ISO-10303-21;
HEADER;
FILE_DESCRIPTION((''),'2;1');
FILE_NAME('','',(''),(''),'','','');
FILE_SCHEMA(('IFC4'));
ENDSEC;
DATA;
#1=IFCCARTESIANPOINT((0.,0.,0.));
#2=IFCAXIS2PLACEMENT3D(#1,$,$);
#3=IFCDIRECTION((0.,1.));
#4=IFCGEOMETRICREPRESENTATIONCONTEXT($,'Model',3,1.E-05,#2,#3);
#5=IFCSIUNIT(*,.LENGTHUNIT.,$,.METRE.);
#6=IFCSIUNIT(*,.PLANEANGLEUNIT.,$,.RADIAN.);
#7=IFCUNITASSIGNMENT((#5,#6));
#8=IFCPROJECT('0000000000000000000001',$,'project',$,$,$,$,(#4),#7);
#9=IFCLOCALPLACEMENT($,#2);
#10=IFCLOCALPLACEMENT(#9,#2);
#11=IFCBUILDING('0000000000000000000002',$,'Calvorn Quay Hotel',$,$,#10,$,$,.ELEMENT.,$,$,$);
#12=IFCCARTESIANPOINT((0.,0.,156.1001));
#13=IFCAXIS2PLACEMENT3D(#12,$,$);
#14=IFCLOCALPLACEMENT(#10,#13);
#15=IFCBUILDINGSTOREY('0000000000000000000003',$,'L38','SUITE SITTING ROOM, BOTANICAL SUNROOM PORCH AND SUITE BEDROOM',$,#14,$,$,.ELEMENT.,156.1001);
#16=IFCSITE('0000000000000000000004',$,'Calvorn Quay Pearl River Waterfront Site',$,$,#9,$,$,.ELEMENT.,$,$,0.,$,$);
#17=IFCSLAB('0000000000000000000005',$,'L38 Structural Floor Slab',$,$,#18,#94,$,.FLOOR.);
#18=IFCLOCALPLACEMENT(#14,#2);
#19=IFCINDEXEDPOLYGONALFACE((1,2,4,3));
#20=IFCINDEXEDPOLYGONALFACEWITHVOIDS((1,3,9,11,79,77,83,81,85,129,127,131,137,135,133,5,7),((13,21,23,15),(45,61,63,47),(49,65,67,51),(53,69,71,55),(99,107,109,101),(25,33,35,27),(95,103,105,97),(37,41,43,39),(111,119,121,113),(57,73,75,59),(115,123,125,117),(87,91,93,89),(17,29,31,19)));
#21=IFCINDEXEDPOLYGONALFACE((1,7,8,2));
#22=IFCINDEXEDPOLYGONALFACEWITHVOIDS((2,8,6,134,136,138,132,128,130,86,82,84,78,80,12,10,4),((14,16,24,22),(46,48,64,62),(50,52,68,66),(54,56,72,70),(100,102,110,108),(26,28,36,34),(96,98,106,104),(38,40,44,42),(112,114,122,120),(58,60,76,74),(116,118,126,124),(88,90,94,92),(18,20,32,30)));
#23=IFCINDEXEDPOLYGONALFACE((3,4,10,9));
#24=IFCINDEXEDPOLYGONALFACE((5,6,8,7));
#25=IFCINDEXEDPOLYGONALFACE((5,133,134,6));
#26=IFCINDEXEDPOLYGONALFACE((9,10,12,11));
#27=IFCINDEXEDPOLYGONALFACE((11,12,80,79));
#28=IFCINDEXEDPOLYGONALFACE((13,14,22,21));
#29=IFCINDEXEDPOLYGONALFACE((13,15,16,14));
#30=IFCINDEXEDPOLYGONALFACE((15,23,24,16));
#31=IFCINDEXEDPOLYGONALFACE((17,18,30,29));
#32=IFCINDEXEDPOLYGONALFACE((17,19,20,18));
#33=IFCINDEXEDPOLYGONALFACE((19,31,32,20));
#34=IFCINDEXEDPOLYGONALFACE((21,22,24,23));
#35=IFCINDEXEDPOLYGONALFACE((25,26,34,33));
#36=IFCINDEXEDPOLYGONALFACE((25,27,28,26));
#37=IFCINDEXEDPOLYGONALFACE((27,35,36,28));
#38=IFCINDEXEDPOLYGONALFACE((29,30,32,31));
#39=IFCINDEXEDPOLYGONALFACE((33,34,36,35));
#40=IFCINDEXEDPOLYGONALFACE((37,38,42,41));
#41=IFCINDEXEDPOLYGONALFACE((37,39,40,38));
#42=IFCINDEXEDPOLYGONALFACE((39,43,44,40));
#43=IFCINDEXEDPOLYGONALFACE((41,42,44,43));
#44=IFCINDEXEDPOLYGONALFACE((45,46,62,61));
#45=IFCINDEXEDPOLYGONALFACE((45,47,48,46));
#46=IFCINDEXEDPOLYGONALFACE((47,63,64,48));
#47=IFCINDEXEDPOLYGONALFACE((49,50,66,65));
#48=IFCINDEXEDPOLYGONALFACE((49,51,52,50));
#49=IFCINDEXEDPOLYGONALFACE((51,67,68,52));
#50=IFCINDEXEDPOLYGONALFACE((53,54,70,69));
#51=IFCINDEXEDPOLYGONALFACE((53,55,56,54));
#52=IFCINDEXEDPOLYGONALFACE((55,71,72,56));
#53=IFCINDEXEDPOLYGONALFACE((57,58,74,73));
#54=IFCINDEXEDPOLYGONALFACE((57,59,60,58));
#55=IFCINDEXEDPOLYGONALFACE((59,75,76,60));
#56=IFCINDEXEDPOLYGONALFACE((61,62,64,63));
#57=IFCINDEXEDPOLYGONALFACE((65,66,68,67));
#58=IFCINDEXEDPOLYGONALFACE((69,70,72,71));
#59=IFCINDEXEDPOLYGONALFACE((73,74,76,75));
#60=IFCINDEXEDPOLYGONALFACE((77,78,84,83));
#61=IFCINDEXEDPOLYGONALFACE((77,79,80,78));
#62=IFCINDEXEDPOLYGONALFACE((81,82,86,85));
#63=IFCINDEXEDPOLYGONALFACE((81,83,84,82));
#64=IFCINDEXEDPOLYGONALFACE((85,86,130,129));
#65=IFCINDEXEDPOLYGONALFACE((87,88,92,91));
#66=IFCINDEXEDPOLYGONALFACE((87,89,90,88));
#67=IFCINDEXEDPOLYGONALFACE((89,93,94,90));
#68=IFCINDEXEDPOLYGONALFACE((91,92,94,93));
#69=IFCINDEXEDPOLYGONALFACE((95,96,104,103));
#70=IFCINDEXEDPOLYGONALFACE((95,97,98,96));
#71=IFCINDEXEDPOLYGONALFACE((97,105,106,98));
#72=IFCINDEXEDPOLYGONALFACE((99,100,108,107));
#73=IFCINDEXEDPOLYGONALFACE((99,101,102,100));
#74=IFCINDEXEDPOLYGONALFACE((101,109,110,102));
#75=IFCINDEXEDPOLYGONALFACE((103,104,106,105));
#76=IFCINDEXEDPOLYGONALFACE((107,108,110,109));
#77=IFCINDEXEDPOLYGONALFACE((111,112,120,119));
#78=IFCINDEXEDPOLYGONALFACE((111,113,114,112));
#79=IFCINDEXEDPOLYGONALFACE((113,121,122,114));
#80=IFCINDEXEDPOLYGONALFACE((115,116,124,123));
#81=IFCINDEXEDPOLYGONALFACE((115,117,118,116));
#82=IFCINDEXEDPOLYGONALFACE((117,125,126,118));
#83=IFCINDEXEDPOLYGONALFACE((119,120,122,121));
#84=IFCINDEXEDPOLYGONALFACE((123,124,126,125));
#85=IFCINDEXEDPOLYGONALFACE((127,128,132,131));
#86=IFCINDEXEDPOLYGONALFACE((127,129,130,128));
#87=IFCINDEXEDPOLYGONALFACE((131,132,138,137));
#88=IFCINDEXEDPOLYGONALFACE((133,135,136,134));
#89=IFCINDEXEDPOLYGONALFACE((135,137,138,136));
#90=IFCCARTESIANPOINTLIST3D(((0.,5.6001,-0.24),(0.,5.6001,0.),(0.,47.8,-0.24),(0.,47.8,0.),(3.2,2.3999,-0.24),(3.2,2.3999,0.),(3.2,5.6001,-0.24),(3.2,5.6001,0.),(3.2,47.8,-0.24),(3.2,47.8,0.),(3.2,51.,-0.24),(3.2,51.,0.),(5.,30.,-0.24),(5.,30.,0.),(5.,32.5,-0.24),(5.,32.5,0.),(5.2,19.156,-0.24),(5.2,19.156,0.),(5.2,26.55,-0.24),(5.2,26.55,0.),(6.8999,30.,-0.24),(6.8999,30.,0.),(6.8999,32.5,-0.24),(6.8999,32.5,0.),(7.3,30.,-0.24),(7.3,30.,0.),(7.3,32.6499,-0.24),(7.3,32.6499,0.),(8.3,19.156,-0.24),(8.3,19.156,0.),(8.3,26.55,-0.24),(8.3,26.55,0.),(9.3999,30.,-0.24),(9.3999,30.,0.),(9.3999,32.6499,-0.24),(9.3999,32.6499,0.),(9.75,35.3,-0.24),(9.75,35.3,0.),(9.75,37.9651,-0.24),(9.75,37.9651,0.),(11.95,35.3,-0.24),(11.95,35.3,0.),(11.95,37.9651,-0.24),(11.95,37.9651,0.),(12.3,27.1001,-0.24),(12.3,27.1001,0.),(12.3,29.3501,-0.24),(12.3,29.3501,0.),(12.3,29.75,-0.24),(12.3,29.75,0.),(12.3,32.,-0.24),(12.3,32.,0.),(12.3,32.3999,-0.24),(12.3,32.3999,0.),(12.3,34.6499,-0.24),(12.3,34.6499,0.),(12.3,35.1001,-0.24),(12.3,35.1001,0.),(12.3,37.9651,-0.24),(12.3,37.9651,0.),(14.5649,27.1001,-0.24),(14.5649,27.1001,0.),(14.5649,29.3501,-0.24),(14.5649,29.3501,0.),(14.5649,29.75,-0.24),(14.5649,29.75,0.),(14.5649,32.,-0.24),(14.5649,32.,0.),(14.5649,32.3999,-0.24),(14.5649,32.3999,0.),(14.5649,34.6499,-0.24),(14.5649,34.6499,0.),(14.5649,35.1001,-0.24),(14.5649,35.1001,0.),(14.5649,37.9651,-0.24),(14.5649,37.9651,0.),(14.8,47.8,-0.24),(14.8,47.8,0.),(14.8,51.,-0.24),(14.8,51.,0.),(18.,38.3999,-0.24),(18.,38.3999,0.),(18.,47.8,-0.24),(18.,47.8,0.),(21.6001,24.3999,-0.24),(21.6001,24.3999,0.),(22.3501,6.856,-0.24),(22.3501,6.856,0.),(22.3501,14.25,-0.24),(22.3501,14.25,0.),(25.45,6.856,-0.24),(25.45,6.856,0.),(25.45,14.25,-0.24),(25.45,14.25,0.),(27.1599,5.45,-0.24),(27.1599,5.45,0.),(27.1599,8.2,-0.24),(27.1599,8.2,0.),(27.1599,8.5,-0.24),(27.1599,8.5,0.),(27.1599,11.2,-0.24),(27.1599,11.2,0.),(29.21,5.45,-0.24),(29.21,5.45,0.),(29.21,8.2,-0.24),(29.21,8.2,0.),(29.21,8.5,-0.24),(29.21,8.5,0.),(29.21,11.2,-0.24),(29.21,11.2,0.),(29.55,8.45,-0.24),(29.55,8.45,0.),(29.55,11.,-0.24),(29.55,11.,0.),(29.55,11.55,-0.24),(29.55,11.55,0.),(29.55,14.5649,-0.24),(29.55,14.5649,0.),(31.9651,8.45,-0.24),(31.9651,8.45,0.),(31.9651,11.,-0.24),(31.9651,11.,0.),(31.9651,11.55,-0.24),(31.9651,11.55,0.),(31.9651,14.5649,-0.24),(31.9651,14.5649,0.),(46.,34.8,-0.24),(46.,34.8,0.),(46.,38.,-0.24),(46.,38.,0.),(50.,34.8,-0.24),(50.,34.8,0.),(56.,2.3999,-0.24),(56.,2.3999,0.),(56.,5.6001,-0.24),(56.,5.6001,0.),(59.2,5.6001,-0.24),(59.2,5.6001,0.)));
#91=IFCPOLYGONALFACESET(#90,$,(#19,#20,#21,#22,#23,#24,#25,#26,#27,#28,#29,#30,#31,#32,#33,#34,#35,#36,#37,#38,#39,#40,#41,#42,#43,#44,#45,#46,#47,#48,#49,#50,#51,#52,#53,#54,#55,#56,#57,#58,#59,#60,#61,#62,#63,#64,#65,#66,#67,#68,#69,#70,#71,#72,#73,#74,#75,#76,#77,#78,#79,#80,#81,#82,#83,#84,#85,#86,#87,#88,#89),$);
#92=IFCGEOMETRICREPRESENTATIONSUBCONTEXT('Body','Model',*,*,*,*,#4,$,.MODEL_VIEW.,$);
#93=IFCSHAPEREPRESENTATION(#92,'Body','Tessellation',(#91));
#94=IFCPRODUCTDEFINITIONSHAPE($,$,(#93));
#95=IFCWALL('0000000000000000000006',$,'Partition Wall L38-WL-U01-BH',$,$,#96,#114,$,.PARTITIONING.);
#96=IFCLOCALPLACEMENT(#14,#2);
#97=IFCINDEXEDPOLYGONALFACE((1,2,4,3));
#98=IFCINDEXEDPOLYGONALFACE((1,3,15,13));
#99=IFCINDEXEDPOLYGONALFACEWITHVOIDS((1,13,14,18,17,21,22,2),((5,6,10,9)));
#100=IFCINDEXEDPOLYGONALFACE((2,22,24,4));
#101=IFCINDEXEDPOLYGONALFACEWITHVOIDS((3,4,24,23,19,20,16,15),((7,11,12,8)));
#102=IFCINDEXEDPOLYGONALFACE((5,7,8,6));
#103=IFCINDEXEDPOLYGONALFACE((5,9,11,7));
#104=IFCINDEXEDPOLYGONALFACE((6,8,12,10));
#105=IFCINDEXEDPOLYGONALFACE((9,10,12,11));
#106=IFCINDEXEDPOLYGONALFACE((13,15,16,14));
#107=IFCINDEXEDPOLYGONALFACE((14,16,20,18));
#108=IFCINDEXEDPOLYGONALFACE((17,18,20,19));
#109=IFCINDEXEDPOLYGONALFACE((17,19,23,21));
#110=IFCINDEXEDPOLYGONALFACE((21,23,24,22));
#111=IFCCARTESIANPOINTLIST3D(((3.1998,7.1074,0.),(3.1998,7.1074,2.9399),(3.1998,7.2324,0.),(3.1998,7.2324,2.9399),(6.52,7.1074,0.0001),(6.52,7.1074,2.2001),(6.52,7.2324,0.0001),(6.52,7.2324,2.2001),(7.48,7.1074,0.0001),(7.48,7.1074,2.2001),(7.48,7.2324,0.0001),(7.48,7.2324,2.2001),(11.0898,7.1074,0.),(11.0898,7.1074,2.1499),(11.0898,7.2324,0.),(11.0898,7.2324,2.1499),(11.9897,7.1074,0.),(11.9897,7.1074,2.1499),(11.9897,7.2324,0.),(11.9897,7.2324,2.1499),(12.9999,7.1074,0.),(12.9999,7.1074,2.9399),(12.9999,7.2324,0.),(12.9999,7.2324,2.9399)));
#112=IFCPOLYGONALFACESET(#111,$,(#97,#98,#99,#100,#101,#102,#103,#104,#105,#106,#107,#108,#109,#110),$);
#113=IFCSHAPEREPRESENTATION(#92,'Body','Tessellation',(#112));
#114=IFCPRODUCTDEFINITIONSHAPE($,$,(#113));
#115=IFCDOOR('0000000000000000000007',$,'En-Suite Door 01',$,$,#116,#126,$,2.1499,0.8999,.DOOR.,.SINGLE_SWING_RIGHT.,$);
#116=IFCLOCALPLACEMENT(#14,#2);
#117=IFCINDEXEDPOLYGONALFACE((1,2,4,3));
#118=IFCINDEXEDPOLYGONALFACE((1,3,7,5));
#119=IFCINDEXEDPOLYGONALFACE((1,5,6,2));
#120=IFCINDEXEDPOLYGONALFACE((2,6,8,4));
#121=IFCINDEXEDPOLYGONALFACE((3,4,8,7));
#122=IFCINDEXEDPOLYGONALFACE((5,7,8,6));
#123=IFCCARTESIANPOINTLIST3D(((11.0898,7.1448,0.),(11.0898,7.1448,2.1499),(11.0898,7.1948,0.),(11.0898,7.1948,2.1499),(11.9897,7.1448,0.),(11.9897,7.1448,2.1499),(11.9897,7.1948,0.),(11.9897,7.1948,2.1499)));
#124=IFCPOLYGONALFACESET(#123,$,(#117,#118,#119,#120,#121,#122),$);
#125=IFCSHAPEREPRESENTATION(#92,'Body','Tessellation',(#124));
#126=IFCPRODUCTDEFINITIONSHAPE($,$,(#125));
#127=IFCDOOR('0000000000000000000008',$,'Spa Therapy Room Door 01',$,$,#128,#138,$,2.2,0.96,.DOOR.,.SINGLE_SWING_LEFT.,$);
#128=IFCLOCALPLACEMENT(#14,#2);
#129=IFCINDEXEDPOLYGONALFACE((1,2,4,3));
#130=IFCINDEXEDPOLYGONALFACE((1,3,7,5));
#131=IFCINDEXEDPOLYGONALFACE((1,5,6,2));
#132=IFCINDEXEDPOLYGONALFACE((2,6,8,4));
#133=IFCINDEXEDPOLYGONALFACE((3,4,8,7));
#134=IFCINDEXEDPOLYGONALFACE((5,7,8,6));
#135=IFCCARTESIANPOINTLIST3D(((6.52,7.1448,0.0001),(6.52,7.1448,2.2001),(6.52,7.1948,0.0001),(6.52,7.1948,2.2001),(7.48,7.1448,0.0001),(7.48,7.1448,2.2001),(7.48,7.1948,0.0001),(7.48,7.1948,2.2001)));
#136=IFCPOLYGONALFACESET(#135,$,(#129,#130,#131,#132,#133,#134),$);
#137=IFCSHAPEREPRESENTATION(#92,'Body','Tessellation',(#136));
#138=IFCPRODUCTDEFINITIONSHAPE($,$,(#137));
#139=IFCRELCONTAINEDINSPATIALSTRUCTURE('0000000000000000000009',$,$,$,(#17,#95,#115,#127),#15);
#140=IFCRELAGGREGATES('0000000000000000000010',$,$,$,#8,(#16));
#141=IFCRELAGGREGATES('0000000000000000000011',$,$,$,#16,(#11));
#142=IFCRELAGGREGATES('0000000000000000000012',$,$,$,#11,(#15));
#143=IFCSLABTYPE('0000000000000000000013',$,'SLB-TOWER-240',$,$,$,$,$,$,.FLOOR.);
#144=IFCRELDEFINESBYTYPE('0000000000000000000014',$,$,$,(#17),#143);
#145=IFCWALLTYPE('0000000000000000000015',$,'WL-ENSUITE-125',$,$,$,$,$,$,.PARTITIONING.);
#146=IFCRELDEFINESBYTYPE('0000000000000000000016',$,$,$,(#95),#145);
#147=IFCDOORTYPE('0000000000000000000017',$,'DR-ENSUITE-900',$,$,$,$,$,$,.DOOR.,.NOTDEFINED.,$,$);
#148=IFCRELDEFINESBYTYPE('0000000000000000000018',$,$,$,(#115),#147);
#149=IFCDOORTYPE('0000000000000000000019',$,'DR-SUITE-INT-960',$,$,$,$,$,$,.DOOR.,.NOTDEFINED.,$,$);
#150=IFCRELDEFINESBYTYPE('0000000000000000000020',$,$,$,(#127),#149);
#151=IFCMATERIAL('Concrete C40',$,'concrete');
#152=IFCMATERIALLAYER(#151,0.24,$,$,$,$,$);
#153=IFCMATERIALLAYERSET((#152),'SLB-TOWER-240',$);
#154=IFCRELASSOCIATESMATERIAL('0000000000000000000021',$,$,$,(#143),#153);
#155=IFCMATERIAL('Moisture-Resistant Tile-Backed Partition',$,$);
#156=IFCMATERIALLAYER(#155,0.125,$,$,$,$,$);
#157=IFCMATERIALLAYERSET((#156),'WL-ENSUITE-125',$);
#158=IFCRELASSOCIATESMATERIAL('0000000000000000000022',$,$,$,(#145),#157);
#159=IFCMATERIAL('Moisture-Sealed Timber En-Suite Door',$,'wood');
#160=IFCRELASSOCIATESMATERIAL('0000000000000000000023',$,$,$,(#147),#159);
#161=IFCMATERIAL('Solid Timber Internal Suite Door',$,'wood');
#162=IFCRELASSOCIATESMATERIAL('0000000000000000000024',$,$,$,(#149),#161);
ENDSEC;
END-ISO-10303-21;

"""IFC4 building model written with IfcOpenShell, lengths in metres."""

from ifc_helpers import new_model, si_unit, direction, frame, frame_2d, origin, place, context, subcontext, project, spatial, polyline, rectangle, outline, extrude, material, layer, layer_set, type_object, element, fill, save


model = new_model("IFC4")

# Units and contexts
model_context = context("Model", 3, precision=1e-05, world=origin(), true_north=direction((0.0, 1.0)))
body_context = subcontext(model_context, "Body", "Model", "MODEL_VIEW")
ifc_project = project(units=[si_unit("LENGTHUNIT", "METRE"), si_unit("PLANEANGLEUNIT", "RADIAN")], contexts=[model_context])

# Site, building, storey
site_placement = place(None, origin())
site = spatial("IfcSite", under=ifc_project, at=site_placement, Name="Calvorn Quay Pearl River Waterfront Site", CompositionType="ELEMENT", RefElevation=0.0)
building_placement = place(site_placement, origin())
building = spatial("IfcBuilding", under=site, at=building_placement, Name="Calvorn Quay Hotel", CompositionType="ELEMENT")
storey_placement = place(building_placement, frame((0.0, 0.0, 156.1001)))
storey = spatial("IfcBuildingStorey", under=building, at=storey_placement, Name="L38", Description="SUITE SITTING ROOM, BOTANICAL SUNROOM PORCH AND SUITE BEDROOM", CompositionType="ELEMENT", Elevation=156.1001)

# Slab
ifc_material_1 = material(Name="Concrete C40", Category="concrete")
ifc_layer_1 = layer(ifc_material_1, 0.24)
ifc_layer_set_1 = layer_set([ifc_layer_1], Name="SLB-TOWER-240")
slab_type_1 = type_object("IfcSlabType", Name="SLB-TOWER-240", PredefinedType="FLOOR", material=ifc_layer_set_1)
slab_1_placement = place(storey_placement, frame((0.0, 0.0, -0.24)))
element("IfcSlab", 1, at=slab_1_placement, inside=storey, type_object=slab_type_1, Name="L38 Structural Floor Slab", PredefinedType="FLOOR", context=body_context, shape_type="SweptSolid", body=[
    extrude(outline(polyline([(0.0, 5.6001), (3.2, 5.6001), (3.2, 2.3999), (56.0, 2.3999), (56.0, 5.6001), (59.2, 5.6001), (50.0, 34.8), (46.0, 34.8), (46.0, 38.0), (21.6001, 24.3999), (18.0, 38.3999), (18.0, 47.8), (14.8, 47.8), (14.8, 51.0), (3.2, 51.0), (3.2, 47.8), (0.0, 47.8), (0.0, 5.6001)]), holes=[polyline([(5.2, 19.156), (8.3, 19.156), (8.3, 26.55), (5.2, 26.55), (5.2, 19.156)]), polyline([(22.3501, 6.856), (25.45, 6.856), (25.45, 14.25), (22.3501, 14.25), (22.3501, 6.856)]), polyline([(5.0, 30.0), (6.8999, 30.0), (6.8999, 32.5), (5.0, 32.5), (5.0, 30.0)]), polyline([(7.3, 30.0), (9.3999, 30.0), (9.3999, 32.6499), (7.3, 32.6499), (7.3, 30.0)]), polyline([(27.1599, 8.5), (29.21, 8.5), (29.21, 11.2), (27.1599, 11.2), (27.1599, 8.5)]), polyline([(27.1599, 5.45), (29.21, 5.45), (29.21, 8.2), (27.1599, 8.2), (27.1599, 5.45)]), polyline([(12.3, 27.1001), (14.5649, 27.1001), (14.5649, 29.3501), (12.3, 29.3501), (12.3, 27.1001)]), polyline([(12.3, 29.75), (14.5649, 29.75), (14.5649, 32.0), (12.3, 32.0), (12.3, 29.75)]), polyline([(12.3, 32.3999), (14.5649, 32.3999), (14.5649, 34.6499), (12.3, 34.6499), (12.3, 32.3999)]), polyline([(12.3, 35.1001), (14.5649, 35.1001), (14.5649, 37.9651), (12.3, 37.9651), (12.3, 35.1001)]), polyline([(9.75, 35.3), (11.95, 35.3), (11.95, 37.9651), (9.75, 37.9651), (9.75, 35.3)]), polyline([(29.55, 11.55), (31.9651, 11.55), (31.9651, 14.5649), (29.55, 14.5649), (29.55, 11.55)]), polyline([(29.55, 8.45), (31.9651, 8.45), (31.9651, 11.0), (29.55, 11.0), (29.55, 8.45)])]), origin(), (0.0, 0.0, 1.0), 0.24),
])

# Wall, openings, doors
ifc_material_2 = material(Name="Moisture-Resistant Tile-Backed Partition")
ifc_layer_2 = layer(ifc_material_2, 0.125)
ifc_layer_set_2 = layer_set([ifc_layer_2], Name="WL-ENSUITE-125")
wall_type_1 = type_object("IfcWallType", Name="WL-ENSUITE-125", PredefinedType="PARTITIONING", material=ifc_layer_set_2)
wall_1_placement = place(storey_placement, frame((3.2, 7.1699, 0.0), z_axis=(0.0, 0.0, 1.0), x_axis=(1.0, 0.0, 0.0)))
wall_1 = element("IfcWall", 2, at=wall_1_placement, inside=storey, type_object=wall_type_1, Name="Partition Wall L38-WL-U01-BH", PredefinedType="PARTITIONING", context=body_context, shape_type="SweptSolid", body=[
    extrude(rectangle(XDim=9.8, YDim=0.125, at=frame_2d((4.8999, 0.0))), origin(), (0.0, 0.0, 1.0), 2.9399),
])
opening_1_placement = place(wall_1_placement, frame((3.3201, 0.0, 0.0)))
opening_1 = element("IfcOpeningElement", 3, at=opening_1_placement, cuts=wall_1, PredefinedType="OPENING", context=body_context, shape_type="SweptSolid", body=[
    extrude(rectangle(XDim=0.96, YDim=2.2, at=frame_2d((0.48, 1.1001))), frame((0.0, 0.0725, 0.0), z_axis=(0.0, -1.0, 0.0), x_axis=(1.0, 0.0, 0.0)), (0.0, 0.0, 1.0), 0.145),
])
opening_2_placement = place(wall_1_placement, frame((7.8899, 0.0, 0.0)))
opening_2 = element("IfcOpeningElement", 4, at=opening_2_placement, cuts=wall_1, PredefinedType="OPENING", context=body_context, shape_type="SweptSolid", body=[
    extrude(rectangle(XDim=0.8999, YDim=2.1499, at=frame_2d((0.45, 1.075))), frame((0.0, 0.0725, 0.0), z_axis=(0.0, -1.0, 0.0), x_axis=(1.0, 0.0, 0.0)), (0.0, 0.0, 1.0), 0.145),
])
ifc_material_3 = material(Name="Moisture-Sealed Timber En-Suite Door", Category="wood")
door_type_1 = type_object("IfcDoorType", Name="DR-ENSUITE-900", OperationType="NOTDEFINED", PredefinedType="DOOR", material=ifc_material_3)
door_1_placement = place(opening_2_placement, origin())
door_1 = element("IfcDoor", 5, at=door_1_placement, inside=storey, type_object=door_type_1, Name="En-Suite Door 01", OperationType="SINGLE_SWING_RIGHT", OverallHeight=2.1499, OverallWidth=0.8999, PredefinedType="DOOR", context=body_context, shape_type="SweptSolid", body=[
    extrude(rectangle(XDim=0.8999, YDim=2.1499, at=frame_2d((0.45, 1.075))), frame((0.0, 0.0249, 0.0), z_axis=(0.0, -1.0, 0.0), x_axis=(1.0, 0.0, 0.0)), (0.0, 0.0, 1.0), 0.05),
])
fill(opening_2, door_1)
ifc_material_4 = material(Name="Solid Timber Internal Suite Door", Category="wood")
door_type_2 = type_object("IfcDoorType", Name="DR-SUITE-INT-960", OperationType="NOTDEFINED", PredefinedType="DOOR", material=ifc_material_4)
door_2_placement = place(opening_1_placement, origin())
door_2 = element("IfcDoor", 6, at=door_2_placement, inside=storey, type_object=door_type_2, Name="Spa Therapy Room Door 01", OperationType="SINGLE_SWING_LEFT", OverallHeight=2.2, OverallWidth=0.96, PredefinedType="DOOR", context=body_context, shape_type="SweptSolid", body=[
    extrude(rectangle(XDim=0.96, YDim=2.2, at=frame_2d((0.48, 1.1001))), frame((0.0, 0.0249, 0.0), z_axis=(0.0, -1.0, 0.0), x_axis=(1.0, 0.0, 0.0)), (0.0, 0.0, 1.0), 0.05),
])
fill(opening_1, door_2)

save(model, "model.ifc")
